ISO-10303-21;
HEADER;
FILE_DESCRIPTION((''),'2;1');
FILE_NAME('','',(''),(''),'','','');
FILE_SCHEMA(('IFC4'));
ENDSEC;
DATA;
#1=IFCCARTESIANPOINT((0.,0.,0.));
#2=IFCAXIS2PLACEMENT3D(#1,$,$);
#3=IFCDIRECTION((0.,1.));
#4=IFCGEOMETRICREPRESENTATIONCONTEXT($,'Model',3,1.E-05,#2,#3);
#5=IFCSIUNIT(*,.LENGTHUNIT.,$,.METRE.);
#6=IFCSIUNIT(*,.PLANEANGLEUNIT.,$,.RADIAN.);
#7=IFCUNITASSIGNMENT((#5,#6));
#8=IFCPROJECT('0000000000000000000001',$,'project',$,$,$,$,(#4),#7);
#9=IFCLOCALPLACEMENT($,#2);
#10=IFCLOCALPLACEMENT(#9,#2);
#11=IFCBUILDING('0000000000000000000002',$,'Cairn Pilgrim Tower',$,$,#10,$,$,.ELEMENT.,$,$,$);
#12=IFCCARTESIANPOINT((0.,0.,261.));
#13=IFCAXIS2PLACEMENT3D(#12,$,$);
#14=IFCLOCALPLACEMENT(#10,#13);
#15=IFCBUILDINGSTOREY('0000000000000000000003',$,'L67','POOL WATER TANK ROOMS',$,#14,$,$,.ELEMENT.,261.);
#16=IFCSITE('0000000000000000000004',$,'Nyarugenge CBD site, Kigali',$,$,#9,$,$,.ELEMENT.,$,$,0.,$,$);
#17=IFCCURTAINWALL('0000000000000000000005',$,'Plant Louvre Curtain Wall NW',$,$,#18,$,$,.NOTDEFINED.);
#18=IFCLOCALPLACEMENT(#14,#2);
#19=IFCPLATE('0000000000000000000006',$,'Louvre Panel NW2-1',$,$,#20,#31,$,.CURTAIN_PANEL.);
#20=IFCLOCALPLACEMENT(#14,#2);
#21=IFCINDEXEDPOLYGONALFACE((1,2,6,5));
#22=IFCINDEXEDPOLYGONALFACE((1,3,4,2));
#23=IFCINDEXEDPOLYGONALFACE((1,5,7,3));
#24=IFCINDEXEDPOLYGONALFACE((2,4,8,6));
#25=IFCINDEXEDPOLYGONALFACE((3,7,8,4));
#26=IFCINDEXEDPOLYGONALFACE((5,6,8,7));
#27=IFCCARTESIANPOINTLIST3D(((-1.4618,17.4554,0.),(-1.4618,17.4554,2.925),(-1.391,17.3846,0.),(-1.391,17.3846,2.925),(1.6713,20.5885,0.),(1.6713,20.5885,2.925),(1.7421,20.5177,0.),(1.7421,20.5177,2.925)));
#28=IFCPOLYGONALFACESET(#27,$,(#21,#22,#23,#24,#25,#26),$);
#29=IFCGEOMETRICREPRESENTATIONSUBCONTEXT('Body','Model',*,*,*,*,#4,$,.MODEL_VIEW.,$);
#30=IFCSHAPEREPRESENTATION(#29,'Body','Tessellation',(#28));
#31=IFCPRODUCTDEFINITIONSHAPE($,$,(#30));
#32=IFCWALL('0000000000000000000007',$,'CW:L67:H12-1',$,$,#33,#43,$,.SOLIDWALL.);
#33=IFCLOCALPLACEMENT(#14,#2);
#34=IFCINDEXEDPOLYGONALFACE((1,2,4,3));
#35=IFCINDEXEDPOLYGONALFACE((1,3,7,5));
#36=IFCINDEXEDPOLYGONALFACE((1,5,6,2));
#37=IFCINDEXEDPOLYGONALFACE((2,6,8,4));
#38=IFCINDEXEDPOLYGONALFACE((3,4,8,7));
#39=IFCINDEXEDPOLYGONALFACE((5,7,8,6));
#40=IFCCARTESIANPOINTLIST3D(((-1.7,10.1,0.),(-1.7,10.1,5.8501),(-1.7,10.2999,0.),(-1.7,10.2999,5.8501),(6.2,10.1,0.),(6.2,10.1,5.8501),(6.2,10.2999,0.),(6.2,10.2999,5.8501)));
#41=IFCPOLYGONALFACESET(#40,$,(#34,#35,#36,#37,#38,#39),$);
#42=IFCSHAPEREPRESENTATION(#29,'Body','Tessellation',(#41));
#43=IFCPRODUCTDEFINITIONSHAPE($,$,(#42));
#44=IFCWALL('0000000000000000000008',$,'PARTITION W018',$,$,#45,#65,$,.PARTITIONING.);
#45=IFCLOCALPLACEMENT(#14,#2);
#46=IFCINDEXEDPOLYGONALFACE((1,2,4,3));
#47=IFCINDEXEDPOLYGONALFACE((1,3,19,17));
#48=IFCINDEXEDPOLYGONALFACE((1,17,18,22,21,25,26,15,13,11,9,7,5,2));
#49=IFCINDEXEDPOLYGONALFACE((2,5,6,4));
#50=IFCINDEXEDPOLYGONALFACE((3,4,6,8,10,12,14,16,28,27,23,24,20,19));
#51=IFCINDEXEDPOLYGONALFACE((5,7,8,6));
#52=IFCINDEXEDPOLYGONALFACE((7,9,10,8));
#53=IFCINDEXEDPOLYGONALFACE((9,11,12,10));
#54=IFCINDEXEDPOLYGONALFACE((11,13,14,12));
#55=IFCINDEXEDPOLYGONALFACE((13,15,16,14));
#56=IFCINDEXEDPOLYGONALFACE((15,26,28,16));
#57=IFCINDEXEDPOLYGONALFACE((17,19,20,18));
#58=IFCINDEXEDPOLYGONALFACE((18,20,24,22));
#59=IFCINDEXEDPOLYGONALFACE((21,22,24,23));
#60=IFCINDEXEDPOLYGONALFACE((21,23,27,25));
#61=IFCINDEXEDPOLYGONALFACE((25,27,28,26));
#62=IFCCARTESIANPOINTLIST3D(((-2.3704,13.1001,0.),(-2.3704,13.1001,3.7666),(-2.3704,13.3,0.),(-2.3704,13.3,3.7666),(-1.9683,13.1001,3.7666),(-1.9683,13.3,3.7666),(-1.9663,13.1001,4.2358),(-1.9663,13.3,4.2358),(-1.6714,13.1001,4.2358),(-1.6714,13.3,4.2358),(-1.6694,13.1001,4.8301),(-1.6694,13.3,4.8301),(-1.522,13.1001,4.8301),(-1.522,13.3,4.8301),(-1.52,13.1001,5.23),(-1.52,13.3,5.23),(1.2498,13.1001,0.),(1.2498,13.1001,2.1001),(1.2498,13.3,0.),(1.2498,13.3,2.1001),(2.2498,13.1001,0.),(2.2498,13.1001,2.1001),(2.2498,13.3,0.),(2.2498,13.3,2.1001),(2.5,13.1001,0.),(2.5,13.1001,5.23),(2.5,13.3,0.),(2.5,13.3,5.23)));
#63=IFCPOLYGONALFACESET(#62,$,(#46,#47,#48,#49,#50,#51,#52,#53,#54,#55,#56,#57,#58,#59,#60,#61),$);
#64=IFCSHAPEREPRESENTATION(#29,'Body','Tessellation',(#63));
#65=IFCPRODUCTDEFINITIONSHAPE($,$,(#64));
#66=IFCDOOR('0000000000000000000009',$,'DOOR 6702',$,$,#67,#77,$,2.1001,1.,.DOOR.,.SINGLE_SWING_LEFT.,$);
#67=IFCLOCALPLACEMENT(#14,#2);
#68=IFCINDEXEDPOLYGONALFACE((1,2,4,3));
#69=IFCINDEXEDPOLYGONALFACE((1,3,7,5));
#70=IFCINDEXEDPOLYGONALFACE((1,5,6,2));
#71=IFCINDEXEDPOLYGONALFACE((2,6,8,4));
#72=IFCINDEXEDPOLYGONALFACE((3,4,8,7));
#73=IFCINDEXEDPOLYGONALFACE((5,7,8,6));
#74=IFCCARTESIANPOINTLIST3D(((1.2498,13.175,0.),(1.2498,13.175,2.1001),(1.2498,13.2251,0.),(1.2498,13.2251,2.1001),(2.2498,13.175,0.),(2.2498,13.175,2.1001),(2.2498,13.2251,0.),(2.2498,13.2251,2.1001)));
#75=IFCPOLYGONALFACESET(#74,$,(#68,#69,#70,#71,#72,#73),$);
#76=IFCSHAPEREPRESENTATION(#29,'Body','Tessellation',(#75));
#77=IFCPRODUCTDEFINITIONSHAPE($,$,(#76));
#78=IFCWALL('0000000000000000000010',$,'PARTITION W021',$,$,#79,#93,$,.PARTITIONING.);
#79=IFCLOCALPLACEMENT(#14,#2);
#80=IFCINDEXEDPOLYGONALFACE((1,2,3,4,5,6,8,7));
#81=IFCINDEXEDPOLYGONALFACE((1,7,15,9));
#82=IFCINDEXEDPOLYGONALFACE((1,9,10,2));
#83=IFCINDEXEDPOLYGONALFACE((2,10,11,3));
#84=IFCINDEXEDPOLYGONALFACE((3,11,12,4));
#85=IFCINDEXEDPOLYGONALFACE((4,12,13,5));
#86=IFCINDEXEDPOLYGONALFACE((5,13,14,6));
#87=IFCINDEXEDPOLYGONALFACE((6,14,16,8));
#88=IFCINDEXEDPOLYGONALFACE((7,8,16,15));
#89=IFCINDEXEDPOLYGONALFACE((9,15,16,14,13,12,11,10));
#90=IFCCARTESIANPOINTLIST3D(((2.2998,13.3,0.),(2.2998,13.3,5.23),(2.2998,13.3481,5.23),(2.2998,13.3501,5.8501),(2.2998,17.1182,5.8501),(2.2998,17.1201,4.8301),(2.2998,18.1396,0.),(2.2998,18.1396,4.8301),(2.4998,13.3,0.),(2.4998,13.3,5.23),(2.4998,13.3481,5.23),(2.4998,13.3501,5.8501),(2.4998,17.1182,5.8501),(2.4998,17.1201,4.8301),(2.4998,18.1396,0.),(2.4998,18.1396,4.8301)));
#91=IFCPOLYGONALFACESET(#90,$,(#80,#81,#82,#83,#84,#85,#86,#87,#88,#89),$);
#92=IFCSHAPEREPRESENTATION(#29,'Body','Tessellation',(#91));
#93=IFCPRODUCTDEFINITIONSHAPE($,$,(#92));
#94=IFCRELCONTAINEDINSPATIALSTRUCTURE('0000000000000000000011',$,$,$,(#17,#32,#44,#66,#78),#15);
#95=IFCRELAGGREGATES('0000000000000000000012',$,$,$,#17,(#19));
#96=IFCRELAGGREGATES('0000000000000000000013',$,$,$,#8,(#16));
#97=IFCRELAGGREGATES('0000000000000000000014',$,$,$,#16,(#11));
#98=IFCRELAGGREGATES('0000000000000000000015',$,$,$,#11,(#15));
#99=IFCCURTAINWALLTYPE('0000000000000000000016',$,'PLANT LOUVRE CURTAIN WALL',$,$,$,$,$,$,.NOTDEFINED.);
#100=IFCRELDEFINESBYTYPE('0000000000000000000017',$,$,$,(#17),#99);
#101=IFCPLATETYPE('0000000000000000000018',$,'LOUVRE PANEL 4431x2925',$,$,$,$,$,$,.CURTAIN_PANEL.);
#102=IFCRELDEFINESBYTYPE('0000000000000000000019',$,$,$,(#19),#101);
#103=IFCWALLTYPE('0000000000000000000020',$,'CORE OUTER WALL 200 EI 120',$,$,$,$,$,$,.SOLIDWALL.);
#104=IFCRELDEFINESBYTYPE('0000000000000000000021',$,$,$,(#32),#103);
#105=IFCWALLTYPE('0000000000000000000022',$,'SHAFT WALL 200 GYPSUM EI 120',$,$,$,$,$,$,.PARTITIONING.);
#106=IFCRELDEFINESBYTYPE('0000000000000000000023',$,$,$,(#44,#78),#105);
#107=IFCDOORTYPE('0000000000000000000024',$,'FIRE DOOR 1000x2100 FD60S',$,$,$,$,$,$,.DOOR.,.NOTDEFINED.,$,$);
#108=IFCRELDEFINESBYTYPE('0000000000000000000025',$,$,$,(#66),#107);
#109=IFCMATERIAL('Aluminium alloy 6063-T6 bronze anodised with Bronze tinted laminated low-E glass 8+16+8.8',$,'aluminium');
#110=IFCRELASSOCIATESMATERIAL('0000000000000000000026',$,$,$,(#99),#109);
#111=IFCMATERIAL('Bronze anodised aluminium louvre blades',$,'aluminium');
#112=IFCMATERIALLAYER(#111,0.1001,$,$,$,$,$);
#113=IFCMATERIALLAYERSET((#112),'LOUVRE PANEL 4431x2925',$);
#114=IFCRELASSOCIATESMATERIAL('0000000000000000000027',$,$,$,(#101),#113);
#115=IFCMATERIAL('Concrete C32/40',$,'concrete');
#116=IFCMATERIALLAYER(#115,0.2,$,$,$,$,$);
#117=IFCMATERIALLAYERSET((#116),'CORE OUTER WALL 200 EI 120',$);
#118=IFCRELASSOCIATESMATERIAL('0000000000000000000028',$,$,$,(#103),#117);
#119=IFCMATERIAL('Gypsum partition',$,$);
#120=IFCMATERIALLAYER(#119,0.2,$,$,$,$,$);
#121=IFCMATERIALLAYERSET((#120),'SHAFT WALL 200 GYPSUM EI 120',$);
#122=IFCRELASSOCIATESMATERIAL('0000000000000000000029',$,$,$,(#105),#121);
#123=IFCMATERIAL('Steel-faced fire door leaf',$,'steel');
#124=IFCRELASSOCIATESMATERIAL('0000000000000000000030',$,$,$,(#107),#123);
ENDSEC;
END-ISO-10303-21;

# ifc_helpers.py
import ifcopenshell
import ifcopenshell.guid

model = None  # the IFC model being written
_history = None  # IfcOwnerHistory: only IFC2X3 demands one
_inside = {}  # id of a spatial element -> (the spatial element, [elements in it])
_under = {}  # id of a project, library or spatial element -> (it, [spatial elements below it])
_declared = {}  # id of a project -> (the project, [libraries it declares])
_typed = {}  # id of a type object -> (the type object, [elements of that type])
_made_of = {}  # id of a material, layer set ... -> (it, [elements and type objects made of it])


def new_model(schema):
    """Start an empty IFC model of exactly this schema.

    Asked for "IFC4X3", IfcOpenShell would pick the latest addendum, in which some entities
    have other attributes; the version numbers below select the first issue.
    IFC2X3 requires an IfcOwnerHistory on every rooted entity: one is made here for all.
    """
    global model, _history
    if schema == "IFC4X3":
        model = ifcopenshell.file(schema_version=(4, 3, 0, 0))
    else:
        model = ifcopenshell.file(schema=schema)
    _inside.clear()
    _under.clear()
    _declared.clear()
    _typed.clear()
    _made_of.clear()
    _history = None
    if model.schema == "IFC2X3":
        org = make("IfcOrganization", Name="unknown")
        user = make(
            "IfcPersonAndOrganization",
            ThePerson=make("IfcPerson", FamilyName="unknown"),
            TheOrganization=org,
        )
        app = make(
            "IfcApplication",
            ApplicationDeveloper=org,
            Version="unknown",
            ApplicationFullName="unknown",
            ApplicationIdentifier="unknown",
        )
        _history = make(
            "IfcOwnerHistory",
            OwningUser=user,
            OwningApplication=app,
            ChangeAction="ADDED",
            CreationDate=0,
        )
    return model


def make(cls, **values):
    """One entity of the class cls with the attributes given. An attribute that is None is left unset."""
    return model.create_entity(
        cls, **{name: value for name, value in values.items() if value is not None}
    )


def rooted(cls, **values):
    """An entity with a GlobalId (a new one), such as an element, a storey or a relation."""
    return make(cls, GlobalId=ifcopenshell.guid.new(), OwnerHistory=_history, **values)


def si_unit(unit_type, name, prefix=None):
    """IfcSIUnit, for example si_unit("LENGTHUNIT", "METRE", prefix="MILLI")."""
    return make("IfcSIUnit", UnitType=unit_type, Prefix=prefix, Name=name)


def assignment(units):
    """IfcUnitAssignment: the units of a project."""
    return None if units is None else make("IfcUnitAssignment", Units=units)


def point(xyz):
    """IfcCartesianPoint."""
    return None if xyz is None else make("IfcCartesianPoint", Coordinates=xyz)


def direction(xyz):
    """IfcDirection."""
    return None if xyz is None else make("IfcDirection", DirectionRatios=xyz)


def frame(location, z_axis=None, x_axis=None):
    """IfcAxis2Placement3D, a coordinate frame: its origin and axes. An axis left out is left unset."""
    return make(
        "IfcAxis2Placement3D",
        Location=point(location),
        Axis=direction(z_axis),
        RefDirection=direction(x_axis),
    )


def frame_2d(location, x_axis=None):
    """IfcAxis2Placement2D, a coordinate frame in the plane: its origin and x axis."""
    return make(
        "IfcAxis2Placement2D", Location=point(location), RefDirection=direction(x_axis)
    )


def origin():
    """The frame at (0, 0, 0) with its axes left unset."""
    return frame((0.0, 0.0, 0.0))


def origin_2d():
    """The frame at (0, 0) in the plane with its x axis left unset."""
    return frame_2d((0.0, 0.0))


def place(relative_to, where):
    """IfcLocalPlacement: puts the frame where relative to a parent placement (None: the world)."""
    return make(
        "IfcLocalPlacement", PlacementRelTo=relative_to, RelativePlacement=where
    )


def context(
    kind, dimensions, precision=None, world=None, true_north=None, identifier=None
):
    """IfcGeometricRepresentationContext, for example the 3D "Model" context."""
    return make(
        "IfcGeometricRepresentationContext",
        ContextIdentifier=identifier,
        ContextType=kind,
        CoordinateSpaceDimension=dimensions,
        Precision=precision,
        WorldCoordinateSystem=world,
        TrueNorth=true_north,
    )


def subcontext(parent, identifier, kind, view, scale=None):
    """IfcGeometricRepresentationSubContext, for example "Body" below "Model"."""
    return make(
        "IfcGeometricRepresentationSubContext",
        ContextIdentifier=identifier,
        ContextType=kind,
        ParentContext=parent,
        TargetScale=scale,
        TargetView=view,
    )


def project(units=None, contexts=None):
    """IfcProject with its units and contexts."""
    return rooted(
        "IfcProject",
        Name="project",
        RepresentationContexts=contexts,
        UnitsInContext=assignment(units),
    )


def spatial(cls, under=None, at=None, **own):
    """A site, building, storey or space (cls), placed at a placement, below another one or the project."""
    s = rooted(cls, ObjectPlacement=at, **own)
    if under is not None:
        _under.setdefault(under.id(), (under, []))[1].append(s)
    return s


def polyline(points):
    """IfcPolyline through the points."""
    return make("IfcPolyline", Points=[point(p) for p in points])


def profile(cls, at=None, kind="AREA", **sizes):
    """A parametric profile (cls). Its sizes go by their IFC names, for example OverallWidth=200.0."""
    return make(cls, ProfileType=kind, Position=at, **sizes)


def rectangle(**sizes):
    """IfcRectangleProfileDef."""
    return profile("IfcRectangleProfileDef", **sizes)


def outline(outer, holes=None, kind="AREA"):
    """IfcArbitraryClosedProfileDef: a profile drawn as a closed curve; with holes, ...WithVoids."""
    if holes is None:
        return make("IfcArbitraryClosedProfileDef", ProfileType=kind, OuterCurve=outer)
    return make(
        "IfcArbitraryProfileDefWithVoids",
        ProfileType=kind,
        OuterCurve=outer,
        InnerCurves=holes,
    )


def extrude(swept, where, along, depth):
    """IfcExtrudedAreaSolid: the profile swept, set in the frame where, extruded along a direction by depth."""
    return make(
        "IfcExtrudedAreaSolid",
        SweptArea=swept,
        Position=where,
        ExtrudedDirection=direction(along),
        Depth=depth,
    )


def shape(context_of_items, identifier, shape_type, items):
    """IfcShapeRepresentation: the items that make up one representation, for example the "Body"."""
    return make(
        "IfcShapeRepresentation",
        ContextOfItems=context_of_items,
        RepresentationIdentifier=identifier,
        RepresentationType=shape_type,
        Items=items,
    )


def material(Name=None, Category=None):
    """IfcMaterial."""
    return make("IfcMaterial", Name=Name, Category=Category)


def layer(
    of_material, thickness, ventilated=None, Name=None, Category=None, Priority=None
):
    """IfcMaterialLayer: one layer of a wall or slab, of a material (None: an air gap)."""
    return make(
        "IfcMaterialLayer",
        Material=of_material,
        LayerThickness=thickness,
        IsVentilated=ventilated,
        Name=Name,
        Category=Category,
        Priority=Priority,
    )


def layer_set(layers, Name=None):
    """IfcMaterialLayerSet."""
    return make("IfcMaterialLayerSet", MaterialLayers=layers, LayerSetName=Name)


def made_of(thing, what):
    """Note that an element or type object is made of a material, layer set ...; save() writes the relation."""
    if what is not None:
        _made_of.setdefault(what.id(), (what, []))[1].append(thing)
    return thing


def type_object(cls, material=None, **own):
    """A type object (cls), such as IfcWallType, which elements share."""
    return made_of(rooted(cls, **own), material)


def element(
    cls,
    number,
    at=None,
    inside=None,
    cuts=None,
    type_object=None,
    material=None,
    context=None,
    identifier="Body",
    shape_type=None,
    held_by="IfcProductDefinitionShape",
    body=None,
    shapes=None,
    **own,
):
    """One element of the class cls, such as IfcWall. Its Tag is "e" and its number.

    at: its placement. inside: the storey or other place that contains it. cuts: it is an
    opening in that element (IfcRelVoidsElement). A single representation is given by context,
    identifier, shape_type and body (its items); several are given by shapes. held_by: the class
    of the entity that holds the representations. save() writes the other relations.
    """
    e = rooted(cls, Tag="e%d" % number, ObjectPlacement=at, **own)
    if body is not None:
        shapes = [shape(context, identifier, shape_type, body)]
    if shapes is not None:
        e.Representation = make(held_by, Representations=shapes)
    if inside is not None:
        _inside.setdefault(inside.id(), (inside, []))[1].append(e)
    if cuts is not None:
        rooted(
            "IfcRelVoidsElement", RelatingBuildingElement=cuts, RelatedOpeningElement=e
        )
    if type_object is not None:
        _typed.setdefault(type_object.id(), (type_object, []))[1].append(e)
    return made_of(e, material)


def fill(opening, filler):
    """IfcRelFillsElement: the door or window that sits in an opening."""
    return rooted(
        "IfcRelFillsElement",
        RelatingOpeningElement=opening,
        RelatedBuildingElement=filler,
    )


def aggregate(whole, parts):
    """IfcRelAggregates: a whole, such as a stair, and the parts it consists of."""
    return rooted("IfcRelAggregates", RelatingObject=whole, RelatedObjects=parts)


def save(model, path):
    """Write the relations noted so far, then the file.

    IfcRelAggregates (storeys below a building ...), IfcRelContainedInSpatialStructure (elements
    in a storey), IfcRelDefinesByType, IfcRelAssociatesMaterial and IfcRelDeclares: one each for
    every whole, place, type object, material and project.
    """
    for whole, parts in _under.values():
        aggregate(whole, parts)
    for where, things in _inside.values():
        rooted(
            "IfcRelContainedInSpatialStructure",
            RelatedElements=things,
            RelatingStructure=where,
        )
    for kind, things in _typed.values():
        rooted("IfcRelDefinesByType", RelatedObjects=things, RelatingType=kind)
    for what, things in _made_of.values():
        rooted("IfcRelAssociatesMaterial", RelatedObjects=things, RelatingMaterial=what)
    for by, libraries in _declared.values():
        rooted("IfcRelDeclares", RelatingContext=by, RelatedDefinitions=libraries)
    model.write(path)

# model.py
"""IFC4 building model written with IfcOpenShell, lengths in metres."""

from ifc_helpers import new_model, si_unit, direction, frame, frame_2d, origin, origin_2d, place, context, subcontext, project, spatial, polyline, rectangle, outline, extrude, material, layer, layer_set, type_object, element, fill, aggregate, save


model = new_model("IFC4")

# Units and contexts
model_context = context("Model", 3, precision=1e-05, world=origin(), true_north=direction((0.0, 1.0)))
body_context = subcontext(model_context, "Body", "Model", "MODEL_VIEW")
ifc_project = project(units=[si_unit("LENGTHUNIT", "METRE"), si_unit("PLANEANGLEUNIT", "RADIAN")], contexts=[model_context])

# Site, building, storey
site_placement = place(None, origin())
site = spatial("IfcSite", under=ifc_project, at=site_placement, Name="Nyarugenge CBD site, Kigali", CompositionType="ELEMENT", RefElevation=0.0)
building_placement = place(site_placement, origin())
building = spatial("IfcBuilding", under=site, at=building_placement, Name="Cairn Pilgrim Tower", CompositionType="ELEMENT")
storey_placement = place(building_placement, frame((0.0, 0.0, 261.0)))
storey = spatial("IfcBuildingStorey", under=building, at=storey_placement, Name="L67", Description="POOL WATER TANK ROOMS", CompositionType="ELEMENT", Elevation=261.0)

# Curtain wall
ifc_material_1 = material(Name="Aluminium alloy 6063-T6 bronze anodised with Bronze tinted laminated low-E glass 8+16+8.8", Category="aluminium")
curtain_wall_type = type_object("IfcCurtainWallType", Name="PLANT LOUVRE CURTAIN WALL", PredefinedType="NOTDEFINED", material=ifc_material_1)
curtain_wall_placement = place(storey_placement, origin())
curtain_wall = element("IfcCurtainWall", 1, at=curtain_wall_placement, inside=storey, type_object=curtain_wall_type, Name="Plant Louvre Curtain Wall NW", PredefinedType="NOTDEFINED")

# Plate
ifc_material_2 = material(Name="Bronze anodised aluminium louvre blades", Category="aluminium")
ifc_layer_1 = layer(ifc_material_2, 0.1001)
ifc_layer_set_1 = layer_set([ifc_layer_1], Name="LOUVRE PANEL 4431x2925")
plate_type_1 = type_object("IfcPlateType", Name="LOUVRE PANEL 4431x2925", PredefinedType="CURTAIN_PANEL", material=ifc_layer_set_1)
plate_1_placement = place(storey_placement, frame((0.1401, 18.9866, 0.0), z_axis=(0.0, 0.0, 1.0), x_axis=(-0.707107, -0.707107, 0.0)))
plate_1 = element("IfcPlate", 2, at=plate_1_placement, type_object=plate_type_1, Name="Louvre Panel NW2-1", PredefinedType="CURTAIN_PANEL", context=body_context, shape_type="SweptSolid", body=[
    extrude(rectangle(XDim=4.4309, YDim=0.1001, at=origin_2d()), origin(), (0.0, 0.0, 1.0), 2.925),
])
aggregate(curtain_wall, [plate_1])

# Wall
ifc_material_3 = material(Name="Concrete C32/40", Category="concrete")
ifc_layer_2 = layer(ifc_material_3, 0.2)
ifc_layer_set_2 = layer_set([ifc_layer_2], Name="CORE OUTER WALL 200 EI 120")
wall_type_1 = type_object("IfcWallType", Name="CORE OUTER WALL 200 EI 120", PredefinedType="SOLIDWALL", material=ifc_layer_set_2)
wall_1_placement = place(storey_placement, frame((-1.7, 10.2, 0.0), z_axis=(0.0, 0.0, 1.0), x_axis=(1.0, 0.0, 0.0)))
element("IfcWall", 3, at=wall_1_placement, inside=storey, type_object=wall_type_1, Name="CW:L67:H12-1", PredefinedType="SOLIDWALL", context=body_context, shape_type="SweptSolid", body=[
    extrude(rectangle(XDim=7.8999, YDim=0.2, at=frame_2d((3.95, 0.0))), origin(), (0.0, 0.0, 1.0), 5.8501),
])

# Wall, opening, door
ifc_material_4 = material(Name="Gypsum partition")
ifc_layer_3 = layer(ifc_material_4, 0.2)
ifc_layer_set_3 = layer_set([ifc_layer_3], Name="SHAFT WALL 200 GYPSUM EI 120")
wall_type_2 = type_object("IfcWallType", Name="SHAFT WALL 200 GYPSUM EI 120", PredefinedType="PARTITIONING", material=ifc_layer_set_3)
wall_2_placement = place(storey_placement, frame((-2.3704, 13.2, 0.0), z_axis=(0.0, 0.0, 1.0), x_axis=(1.0, 0.0, 0.0)))
wall_2 = element("IfcWall", 4, at=wall_2_placement, inside=storey, type_object=wall_type_2, Name="PARTITION W018", PredefinedType="PARTITIONING", context=body_context, shape_type="SweptSolid", body=[
    extrude(outline(polyline([(0.0, 0.0), (4.8704, 0.0), (4.8704, 5.23), (0.8503, 5.23), (0.8484, 4.8301), (0.7009, 4.8301), (0.699, 4.2358), (0.4041, 4.2358), (0.4021, 3.7666), (0.0, 3.7666), (0.0, 0.0)])), frame((0.0, 0.1001, 0.0), z_axis=(0.0, -1.0, 0.0), x_axis=(1.0, 0.0, 0.0)), (0.0, 0.0, 1.0), 0.2),
])
opening_placement = place(wall_2_placement, frame((3.6201, 0.0, 0.0)))
opening = element("IfcOpeningElement", 5, at=opening_placement, cuts=wall_2, PredefinedType="OPENING", context=body_context, shape_type="SweptSolid", body=[
    extrude(rectangle(XDim=1.0, YDim=2.1001, at=frame_2d((0.5, 1.05))), frame((0.0, 0.1099, 0.0), z_axis=(0.0, -1.0, 0.0), x_axis=(1.0, 0.0, 0.0)), (0.0, 0.0, 1.0), 0.22),
])
ifc_material_5 = material(Name="Steel-faced fire door leaf", Category="steel")
door_type = type_object("IfcDoorType", Name="FIRE DOOR 1000x2100 FD60S", OperationType="NOTDEFINED", PredefinedType="DOOR", material=ifc_material_5)
door_placement = place(opening_placement, frame((1.0, 0.0, 0.0), z_axis=(0.0, 0.0, 1.0), x_axis=(-1.0, 0.0, 0.0)))
door = element("IfcDoor", 6, at=door_placement, inside=storey, type_object=door_type, Name="DOOR 6702", OperationType="SINGLE_SWING_LEFT", OverallHeight=2.1001, OverallWidth=1.0, PredefinedType="DOOR", context=body_context, shape_type="SweptSolid", body=[
    extrude(rectangle(XDim=1.0, YDim=2.1001, at=frame_2d((0.5, 1.05))), frame((0.0, 0.0249, 0.0), z_axis=(0.0, -1.0, 0.0), x_axis=(1.0, 0.0, 0.0)), (0.0, 0.0, 1.0), 0.05),
])
fill(opening, door)

# Wall
wall_3_placement = place(storey_placement, frame((2.3999, 13.3, 0.0), z_axis=(0.0, 0.0, 1.0), x_axis=(0.0, 1.0, 0.0)))
element("IfcWall", 7, at=wall_3_placement, inside=storey, type_object=wall_type_2, Name="PARTITION W021", PredefinedType="PARTITIONING", context=body_context, shape_type="SweptSolid", body=[
    extrude(outline(polyline([(0.0, 0.0), (4.8396, 0.0), (4.8396, 4.8301), (3.8201, 4.8301), (3.8181, 5.8501), (0.05, 5.8501), (0.0481, 5.23), (0.0, 5.23), (0.0, 0.0)])), frame((0.0, 0.1001, 0.0), z_axis=(0.0, -1.0, 0.0), x_axis=(1.0, 0.0, 0.0)), (0.0, 0.0, 1.0), 0.2),
])

save(model, "model.ifc")
